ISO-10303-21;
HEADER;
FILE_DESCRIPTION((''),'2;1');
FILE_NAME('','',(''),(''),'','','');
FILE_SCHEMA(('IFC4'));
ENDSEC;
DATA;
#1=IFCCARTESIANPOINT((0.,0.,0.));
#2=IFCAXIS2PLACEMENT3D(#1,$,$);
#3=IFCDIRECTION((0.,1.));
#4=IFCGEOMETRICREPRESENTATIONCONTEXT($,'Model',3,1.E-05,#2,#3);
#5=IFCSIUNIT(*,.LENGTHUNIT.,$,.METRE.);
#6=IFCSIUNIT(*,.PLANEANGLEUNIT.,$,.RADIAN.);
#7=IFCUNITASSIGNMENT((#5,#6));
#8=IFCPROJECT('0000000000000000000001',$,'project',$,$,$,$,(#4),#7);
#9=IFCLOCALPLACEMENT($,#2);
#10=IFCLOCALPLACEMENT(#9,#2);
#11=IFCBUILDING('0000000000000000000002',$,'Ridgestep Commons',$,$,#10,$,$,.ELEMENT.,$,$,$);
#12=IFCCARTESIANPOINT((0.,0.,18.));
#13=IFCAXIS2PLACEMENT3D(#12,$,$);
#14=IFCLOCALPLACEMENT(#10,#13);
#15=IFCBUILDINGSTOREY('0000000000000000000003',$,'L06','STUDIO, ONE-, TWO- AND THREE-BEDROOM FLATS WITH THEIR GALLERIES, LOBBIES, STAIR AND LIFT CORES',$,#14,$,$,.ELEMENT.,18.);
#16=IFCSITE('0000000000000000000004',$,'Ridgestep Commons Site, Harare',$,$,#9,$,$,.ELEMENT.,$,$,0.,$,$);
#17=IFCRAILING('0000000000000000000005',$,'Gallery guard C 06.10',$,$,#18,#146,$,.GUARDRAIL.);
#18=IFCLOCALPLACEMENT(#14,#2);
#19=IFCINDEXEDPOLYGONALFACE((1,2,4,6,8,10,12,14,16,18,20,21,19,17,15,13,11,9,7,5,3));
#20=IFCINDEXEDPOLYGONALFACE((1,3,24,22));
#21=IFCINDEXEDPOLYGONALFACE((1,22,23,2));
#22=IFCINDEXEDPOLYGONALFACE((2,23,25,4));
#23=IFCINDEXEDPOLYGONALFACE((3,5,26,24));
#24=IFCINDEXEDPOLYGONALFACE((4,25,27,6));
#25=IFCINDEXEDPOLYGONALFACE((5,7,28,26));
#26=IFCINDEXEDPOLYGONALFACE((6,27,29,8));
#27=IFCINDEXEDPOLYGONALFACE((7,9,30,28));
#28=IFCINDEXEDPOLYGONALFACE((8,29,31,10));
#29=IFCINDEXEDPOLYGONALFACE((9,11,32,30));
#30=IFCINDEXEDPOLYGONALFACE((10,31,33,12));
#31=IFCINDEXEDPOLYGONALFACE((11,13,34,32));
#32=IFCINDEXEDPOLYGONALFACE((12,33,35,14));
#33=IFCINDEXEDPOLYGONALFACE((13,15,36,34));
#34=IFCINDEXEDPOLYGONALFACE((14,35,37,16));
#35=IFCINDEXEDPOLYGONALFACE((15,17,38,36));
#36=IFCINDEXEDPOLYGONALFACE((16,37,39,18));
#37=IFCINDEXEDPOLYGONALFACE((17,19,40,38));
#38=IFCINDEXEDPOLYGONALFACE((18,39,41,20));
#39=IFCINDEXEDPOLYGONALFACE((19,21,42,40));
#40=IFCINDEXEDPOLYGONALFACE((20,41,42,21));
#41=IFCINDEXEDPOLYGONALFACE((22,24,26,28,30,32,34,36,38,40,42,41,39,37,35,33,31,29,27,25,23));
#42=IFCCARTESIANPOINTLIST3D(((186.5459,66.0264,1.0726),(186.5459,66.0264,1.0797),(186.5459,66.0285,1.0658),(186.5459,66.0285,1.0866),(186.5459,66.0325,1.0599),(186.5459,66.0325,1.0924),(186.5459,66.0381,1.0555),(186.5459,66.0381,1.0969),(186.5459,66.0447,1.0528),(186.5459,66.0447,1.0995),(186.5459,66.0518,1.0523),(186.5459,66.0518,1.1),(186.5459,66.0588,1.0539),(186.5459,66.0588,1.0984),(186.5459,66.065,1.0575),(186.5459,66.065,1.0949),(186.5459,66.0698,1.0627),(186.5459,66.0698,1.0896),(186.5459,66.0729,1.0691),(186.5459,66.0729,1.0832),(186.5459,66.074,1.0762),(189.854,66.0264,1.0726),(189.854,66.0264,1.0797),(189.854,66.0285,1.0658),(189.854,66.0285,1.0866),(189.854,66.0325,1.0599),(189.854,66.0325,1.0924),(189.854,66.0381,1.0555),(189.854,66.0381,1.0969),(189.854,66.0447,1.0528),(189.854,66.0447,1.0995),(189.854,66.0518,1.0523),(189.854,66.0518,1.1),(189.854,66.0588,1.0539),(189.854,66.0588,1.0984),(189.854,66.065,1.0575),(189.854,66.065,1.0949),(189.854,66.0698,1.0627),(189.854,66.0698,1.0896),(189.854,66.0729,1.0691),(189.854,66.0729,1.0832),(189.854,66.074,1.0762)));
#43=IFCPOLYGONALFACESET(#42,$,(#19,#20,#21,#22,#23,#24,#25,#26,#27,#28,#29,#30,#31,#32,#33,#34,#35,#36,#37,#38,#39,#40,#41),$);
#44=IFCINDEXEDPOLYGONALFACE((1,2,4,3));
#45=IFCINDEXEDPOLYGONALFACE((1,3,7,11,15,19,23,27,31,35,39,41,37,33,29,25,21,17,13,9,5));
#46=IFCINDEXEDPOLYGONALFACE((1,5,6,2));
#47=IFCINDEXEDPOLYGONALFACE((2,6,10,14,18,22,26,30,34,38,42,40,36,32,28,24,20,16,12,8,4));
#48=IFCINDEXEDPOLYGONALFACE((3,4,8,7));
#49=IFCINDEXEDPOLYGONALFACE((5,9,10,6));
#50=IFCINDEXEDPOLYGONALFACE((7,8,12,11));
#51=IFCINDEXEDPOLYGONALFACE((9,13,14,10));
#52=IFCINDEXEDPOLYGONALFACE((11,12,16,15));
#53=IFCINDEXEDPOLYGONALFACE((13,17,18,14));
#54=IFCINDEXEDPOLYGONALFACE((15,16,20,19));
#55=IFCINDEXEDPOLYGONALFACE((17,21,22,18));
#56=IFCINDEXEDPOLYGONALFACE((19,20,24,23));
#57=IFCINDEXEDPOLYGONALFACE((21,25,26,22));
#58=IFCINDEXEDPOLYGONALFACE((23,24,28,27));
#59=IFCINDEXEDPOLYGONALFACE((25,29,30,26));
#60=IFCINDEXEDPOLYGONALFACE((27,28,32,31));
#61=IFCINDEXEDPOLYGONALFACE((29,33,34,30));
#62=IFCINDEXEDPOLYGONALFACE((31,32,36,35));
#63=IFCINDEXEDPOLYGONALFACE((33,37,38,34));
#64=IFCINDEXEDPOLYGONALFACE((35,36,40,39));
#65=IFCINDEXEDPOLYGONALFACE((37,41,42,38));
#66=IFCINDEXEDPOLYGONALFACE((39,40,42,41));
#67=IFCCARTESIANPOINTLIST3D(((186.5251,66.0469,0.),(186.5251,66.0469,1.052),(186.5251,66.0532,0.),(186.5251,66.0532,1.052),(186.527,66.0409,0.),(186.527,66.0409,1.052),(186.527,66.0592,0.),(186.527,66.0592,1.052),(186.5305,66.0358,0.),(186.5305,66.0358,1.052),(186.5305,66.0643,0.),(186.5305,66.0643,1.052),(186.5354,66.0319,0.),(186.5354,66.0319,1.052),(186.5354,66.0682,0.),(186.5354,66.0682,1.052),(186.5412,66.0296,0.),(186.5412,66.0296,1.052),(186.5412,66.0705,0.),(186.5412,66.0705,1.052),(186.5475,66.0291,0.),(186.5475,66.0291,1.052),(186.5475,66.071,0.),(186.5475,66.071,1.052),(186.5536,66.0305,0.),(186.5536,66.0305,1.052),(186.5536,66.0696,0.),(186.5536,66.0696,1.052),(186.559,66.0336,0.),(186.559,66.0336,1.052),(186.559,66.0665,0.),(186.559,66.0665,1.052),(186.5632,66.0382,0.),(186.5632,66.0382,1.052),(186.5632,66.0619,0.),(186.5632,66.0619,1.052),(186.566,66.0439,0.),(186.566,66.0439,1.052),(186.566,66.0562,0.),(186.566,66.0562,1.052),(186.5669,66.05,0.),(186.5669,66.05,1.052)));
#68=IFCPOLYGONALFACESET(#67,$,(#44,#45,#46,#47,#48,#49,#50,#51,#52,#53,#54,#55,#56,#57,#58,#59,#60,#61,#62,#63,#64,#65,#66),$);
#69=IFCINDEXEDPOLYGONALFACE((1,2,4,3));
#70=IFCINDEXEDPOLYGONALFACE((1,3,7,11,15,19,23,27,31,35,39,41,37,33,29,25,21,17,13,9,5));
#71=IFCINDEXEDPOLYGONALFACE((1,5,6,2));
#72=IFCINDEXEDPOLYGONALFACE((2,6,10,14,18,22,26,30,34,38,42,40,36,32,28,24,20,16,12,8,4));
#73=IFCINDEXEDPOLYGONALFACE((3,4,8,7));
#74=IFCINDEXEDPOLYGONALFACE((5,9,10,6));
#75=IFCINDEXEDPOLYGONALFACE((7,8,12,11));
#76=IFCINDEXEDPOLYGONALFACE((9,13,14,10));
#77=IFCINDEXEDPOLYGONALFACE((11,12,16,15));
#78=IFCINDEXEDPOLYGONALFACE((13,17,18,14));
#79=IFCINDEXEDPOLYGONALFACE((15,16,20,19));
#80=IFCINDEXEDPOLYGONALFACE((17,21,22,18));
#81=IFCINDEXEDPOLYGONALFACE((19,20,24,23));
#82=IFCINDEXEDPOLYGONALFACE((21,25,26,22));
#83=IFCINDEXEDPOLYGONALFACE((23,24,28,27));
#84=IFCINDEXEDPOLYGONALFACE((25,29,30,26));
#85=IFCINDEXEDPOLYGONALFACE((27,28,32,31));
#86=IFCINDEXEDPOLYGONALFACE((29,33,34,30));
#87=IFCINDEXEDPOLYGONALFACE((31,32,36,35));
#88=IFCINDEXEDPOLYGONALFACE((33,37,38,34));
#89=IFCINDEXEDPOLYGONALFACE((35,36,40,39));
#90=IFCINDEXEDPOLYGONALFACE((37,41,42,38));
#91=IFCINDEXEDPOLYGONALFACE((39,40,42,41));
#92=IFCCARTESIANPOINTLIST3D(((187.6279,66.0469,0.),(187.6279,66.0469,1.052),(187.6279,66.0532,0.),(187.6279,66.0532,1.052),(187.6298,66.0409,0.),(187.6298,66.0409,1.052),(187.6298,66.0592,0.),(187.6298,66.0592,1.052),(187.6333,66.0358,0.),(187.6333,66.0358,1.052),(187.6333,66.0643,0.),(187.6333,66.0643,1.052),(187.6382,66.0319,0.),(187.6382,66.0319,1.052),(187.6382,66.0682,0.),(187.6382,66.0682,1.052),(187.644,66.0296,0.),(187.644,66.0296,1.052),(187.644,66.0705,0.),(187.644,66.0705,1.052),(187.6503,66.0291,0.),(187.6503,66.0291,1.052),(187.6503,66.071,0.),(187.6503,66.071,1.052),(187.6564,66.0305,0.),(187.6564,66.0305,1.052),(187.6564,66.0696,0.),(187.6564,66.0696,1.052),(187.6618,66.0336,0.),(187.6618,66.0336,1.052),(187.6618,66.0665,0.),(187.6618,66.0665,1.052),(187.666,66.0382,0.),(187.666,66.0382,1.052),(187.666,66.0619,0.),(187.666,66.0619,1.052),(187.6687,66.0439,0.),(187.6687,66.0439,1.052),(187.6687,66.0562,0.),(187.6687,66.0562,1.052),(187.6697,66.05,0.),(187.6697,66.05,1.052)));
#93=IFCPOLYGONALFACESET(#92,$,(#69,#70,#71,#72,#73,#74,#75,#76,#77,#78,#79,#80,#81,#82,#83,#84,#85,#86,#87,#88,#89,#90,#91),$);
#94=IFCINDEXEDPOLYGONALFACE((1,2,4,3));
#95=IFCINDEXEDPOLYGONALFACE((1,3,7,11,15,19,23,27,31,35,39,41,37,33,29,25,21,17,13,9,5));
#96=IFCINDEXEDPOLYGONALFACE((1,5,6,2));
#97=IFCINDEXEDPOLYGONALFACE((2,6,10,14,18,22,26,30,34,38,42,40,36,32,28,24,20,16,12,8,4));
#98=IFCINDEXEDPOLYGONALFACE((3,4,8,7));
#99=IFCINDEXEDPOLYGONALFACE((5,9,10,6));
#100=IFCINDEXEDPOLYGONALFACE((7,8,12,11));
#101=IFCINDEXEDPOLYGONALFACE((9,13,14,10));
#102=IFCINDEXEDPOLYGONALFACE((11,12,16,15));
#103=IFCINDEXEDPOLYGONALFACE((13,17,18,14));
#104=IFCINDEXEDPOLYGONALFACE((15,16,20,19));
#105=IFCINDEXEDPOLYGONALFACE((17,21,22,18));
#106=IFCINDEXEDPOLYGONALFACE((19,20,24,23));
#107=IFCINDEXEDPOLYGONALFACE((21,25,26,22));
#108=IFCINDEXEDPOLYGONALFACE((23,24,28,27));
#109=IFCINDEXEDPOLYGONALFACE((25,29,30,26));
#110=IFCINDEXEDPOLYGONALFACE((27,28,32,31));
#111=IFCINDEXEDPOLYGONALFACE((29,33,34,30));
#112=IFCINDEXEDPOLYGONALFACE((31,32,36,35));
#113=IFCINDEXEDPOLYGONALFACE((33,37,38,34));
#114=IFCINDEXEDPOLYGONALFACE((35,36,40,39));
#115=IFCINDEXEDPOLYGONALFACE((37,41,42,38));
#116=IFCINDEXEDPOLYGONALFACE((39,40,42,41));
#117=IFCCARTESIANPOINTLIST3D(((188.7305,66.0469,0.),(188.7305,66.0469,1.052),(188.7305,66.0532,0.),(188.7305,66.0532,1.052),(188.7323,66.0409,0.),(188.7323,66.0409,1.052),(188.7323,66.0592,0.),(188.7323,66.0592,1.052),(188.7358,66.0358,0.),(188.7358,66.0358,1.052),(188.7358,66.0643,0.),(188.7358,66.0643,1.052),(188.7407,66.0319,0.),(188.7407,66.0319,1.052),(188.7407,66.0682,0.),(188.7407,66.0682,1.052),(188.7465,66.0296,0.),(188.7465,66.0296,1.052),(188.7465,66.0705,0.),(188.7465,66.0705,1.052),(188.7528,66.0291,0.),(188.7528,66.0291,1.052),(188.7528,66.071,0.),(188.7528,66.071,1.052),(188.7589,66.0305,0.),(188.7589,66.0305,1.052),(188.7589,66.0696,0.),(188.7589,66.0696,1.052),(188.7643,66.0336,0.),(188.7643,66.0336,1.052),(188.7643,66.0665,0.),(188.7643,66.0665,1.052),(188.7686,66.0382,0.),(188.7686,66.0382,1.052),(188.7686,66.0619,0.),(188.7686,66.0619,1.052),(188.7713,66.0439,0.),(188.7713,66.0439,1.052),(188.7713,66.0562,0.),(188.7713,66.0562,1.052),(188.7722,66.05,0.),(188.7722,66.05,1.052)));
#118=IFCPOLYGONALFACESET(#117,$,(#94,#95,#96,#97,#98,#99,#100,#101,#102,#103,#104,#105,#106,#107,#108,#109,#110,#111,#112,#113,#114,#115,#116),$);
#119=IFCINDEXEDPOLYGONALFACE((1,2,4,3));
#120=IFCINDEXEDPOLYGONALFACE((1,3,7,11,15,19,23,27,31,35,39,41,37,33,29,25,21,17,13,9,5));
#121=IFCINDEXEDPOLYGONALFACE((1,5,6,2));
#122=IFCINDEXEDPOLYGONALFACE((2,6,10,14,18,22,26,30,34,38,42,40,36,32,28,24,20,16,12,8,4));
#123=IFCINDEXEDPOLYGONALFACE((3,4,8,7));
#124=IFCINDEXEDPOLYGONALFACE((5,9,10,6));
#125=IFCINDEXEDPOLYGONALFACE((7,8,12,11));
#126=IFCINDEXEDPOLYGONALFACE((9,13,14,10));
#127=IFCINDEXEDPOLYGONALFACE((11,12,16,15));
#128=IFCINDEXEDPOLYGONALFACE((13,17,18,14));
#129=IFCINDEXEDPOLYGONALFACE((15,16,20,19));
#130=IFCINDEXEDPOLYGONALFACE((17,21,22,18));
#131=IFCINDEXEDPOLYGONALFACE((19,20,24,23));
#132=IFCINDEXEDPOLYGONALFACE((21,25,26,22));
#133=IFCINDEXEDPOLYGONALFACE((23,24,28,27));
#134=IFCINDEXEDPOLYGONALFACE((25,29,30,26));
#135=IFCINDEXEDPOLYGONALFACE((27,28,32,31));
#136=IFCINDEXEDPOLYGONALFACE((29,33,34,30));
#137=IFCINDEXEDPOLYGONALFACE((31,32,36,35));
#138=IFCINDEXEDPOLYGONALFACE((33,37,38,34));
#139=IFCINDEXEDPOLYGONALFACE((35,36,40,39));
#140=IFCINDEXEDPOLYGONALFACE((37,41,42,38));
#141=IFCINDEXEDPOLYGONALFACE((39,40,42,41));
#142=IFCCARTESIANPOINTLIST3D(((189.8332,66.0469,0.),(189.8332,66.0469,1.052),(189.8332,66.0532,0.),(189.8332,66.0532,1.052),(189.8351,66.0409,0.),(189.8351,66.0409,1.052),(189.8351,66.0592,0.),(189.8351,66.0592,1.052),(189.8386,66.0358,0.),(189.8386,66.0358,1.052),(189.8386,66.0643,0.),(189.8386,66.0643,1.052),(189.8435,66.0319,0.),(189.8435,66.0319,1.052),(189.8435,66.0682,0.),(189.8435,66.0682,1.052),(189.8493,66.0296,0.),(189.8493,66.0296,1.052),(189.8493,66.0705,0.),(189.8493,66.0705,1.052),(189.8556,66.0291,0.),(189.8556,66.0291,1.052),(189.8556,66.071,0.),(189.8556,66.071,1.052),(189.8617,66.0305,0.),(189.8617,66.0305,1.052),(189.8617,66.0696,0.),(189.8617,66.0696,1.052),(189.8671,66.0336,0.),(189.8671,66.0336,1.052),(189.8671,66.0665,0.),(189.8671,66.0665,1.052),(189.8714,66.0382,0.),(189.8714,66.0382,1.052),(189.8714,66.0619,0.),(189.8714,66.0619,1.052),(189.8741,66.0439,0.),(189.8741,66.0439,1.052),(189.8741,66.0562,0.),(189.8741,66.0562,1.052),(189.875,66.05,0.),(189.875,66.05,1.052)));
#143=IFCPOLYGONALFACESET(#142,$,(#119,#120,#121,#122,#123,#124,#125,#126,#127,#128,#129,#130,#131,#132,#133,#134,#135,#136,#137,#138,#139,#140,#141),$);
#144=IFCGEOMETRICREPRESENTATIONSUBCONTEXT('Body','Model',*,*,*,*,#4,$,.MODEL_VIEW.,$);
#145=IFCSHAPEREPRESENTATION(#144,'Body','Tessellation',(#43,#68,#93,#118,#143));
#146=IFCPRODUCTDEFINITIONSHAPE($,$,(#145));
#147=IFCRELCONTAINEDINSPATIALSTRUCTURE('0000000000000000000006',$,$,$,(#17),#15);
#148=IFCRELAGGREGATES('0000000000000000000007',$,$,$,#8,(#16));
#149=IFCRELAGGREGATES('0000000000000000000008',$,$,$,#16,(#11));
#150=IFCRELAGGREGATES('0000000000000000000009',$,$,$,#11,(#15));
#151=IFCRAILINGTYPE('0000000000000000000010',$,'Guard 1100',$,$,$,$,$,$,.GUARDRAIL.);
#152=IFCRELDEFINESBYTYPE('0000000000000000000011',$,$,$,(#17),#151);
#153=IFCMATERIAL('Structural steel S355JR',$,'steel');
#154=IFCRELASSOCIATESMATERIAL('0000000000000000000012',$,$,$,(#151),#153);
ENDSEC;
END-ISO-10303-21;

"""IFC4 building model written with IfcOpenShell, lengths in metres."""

from ifc_helpers import new_model, si_unit, direction, frame, origin, origin_2d, place, context, subcontext, project, spatial, circle, extrude, material, type_object, element, save


model = new_model("IFC4")

# Units and contexts
model_context = context("Model", 3, precision=1e-05, world=origin(), true_north=direction((0.0, 1.0)))
body_context = subcontext(model_context, "Body", "Model", "MODEL_VIEW")
ifc_project = project(units=[si_unit("LENGTHUNIT", "METRE"), si_unit("PLANEANGLEUNIT", "RADIAN")], contexts=[model_context])

# Site, building, storey
site_placement = place(None, origin())
site = spatial("IfcSite", under=ifc_project, at=site_placement, Name="Ridgestep Commons Site, Harare", CompositionType="ELEMENT", RefElevation=0.0)
building_placement = place(site_placement, origin())
building = spatial("IfcBuilding", under=site, at=building_placement, Name="Ridgestep Commons", CompositionType="ELEMENT")
storey_placement = place(building_placement, frame((0.0, 0.0, 18.0)))
storey = spatial("IfcBuildingStorey", under=building, at=storey_placement, Name="L06", Description="STUDIO, ONE-, TWO- AND THREE-BEDROOM FLATS WITH THEIR GALLERIES, LOBBIES, STAIR AND LIFT CORES", CompositionType="ELEMENT", Elevation=18.0)

# Railing
ifc_material_1 = material(Name="Structural steel S355JR", Category="steel")
railing_type = type_object("IfcRailingType", Name="Guard 1100", PredefinedType="GUARDRAIL", material=ifc_material_1)
for number, where, name in (
    (1, (186.5459, 66.05, 0.0), "Gallery guard C 06.10"),
):
    element("IfcRailing", number, at=place(storey_placement, frame(where)), inside=storey, type_object=railing_type, Name=name, PredefinedType="GUARDRAIL", context=body_context, shape_type="SweptSolid", body=[
        extrude(circle(Radius=0.0239, at=origin_2d()), frame((0.0, 0.0, 1.0762), z_axis=(1.0, 0.0, 0.0), x_axis=(0.0, 1.0, 0.0)), (0.0, 0.0, 1.0), 3.3081),
        extrude(circle(Radius=0.021, at=origin_2d()), origin(), (0.0, 0.0, 1.0), 1.052),
        extrude(circle(Radius=0.021, at=origin_2d()), frame((1.1028, 0.0, 0.0)), (0.0, 0.0, 1.0), 1.052),
        extrude(circle(Radius=0.021, at=origin_2d()), frame((2.2053, 0.0, 0.0)), (0.0, 0.0, 1.0), 1.052),
        extrude(circle(Radius=0.021, at=origin_2d()), frame((3.3081, 0.0, 0.0)), (0.0, 0.0, 1.0), 1.052),
    ])

save(model, "model.ifc")
